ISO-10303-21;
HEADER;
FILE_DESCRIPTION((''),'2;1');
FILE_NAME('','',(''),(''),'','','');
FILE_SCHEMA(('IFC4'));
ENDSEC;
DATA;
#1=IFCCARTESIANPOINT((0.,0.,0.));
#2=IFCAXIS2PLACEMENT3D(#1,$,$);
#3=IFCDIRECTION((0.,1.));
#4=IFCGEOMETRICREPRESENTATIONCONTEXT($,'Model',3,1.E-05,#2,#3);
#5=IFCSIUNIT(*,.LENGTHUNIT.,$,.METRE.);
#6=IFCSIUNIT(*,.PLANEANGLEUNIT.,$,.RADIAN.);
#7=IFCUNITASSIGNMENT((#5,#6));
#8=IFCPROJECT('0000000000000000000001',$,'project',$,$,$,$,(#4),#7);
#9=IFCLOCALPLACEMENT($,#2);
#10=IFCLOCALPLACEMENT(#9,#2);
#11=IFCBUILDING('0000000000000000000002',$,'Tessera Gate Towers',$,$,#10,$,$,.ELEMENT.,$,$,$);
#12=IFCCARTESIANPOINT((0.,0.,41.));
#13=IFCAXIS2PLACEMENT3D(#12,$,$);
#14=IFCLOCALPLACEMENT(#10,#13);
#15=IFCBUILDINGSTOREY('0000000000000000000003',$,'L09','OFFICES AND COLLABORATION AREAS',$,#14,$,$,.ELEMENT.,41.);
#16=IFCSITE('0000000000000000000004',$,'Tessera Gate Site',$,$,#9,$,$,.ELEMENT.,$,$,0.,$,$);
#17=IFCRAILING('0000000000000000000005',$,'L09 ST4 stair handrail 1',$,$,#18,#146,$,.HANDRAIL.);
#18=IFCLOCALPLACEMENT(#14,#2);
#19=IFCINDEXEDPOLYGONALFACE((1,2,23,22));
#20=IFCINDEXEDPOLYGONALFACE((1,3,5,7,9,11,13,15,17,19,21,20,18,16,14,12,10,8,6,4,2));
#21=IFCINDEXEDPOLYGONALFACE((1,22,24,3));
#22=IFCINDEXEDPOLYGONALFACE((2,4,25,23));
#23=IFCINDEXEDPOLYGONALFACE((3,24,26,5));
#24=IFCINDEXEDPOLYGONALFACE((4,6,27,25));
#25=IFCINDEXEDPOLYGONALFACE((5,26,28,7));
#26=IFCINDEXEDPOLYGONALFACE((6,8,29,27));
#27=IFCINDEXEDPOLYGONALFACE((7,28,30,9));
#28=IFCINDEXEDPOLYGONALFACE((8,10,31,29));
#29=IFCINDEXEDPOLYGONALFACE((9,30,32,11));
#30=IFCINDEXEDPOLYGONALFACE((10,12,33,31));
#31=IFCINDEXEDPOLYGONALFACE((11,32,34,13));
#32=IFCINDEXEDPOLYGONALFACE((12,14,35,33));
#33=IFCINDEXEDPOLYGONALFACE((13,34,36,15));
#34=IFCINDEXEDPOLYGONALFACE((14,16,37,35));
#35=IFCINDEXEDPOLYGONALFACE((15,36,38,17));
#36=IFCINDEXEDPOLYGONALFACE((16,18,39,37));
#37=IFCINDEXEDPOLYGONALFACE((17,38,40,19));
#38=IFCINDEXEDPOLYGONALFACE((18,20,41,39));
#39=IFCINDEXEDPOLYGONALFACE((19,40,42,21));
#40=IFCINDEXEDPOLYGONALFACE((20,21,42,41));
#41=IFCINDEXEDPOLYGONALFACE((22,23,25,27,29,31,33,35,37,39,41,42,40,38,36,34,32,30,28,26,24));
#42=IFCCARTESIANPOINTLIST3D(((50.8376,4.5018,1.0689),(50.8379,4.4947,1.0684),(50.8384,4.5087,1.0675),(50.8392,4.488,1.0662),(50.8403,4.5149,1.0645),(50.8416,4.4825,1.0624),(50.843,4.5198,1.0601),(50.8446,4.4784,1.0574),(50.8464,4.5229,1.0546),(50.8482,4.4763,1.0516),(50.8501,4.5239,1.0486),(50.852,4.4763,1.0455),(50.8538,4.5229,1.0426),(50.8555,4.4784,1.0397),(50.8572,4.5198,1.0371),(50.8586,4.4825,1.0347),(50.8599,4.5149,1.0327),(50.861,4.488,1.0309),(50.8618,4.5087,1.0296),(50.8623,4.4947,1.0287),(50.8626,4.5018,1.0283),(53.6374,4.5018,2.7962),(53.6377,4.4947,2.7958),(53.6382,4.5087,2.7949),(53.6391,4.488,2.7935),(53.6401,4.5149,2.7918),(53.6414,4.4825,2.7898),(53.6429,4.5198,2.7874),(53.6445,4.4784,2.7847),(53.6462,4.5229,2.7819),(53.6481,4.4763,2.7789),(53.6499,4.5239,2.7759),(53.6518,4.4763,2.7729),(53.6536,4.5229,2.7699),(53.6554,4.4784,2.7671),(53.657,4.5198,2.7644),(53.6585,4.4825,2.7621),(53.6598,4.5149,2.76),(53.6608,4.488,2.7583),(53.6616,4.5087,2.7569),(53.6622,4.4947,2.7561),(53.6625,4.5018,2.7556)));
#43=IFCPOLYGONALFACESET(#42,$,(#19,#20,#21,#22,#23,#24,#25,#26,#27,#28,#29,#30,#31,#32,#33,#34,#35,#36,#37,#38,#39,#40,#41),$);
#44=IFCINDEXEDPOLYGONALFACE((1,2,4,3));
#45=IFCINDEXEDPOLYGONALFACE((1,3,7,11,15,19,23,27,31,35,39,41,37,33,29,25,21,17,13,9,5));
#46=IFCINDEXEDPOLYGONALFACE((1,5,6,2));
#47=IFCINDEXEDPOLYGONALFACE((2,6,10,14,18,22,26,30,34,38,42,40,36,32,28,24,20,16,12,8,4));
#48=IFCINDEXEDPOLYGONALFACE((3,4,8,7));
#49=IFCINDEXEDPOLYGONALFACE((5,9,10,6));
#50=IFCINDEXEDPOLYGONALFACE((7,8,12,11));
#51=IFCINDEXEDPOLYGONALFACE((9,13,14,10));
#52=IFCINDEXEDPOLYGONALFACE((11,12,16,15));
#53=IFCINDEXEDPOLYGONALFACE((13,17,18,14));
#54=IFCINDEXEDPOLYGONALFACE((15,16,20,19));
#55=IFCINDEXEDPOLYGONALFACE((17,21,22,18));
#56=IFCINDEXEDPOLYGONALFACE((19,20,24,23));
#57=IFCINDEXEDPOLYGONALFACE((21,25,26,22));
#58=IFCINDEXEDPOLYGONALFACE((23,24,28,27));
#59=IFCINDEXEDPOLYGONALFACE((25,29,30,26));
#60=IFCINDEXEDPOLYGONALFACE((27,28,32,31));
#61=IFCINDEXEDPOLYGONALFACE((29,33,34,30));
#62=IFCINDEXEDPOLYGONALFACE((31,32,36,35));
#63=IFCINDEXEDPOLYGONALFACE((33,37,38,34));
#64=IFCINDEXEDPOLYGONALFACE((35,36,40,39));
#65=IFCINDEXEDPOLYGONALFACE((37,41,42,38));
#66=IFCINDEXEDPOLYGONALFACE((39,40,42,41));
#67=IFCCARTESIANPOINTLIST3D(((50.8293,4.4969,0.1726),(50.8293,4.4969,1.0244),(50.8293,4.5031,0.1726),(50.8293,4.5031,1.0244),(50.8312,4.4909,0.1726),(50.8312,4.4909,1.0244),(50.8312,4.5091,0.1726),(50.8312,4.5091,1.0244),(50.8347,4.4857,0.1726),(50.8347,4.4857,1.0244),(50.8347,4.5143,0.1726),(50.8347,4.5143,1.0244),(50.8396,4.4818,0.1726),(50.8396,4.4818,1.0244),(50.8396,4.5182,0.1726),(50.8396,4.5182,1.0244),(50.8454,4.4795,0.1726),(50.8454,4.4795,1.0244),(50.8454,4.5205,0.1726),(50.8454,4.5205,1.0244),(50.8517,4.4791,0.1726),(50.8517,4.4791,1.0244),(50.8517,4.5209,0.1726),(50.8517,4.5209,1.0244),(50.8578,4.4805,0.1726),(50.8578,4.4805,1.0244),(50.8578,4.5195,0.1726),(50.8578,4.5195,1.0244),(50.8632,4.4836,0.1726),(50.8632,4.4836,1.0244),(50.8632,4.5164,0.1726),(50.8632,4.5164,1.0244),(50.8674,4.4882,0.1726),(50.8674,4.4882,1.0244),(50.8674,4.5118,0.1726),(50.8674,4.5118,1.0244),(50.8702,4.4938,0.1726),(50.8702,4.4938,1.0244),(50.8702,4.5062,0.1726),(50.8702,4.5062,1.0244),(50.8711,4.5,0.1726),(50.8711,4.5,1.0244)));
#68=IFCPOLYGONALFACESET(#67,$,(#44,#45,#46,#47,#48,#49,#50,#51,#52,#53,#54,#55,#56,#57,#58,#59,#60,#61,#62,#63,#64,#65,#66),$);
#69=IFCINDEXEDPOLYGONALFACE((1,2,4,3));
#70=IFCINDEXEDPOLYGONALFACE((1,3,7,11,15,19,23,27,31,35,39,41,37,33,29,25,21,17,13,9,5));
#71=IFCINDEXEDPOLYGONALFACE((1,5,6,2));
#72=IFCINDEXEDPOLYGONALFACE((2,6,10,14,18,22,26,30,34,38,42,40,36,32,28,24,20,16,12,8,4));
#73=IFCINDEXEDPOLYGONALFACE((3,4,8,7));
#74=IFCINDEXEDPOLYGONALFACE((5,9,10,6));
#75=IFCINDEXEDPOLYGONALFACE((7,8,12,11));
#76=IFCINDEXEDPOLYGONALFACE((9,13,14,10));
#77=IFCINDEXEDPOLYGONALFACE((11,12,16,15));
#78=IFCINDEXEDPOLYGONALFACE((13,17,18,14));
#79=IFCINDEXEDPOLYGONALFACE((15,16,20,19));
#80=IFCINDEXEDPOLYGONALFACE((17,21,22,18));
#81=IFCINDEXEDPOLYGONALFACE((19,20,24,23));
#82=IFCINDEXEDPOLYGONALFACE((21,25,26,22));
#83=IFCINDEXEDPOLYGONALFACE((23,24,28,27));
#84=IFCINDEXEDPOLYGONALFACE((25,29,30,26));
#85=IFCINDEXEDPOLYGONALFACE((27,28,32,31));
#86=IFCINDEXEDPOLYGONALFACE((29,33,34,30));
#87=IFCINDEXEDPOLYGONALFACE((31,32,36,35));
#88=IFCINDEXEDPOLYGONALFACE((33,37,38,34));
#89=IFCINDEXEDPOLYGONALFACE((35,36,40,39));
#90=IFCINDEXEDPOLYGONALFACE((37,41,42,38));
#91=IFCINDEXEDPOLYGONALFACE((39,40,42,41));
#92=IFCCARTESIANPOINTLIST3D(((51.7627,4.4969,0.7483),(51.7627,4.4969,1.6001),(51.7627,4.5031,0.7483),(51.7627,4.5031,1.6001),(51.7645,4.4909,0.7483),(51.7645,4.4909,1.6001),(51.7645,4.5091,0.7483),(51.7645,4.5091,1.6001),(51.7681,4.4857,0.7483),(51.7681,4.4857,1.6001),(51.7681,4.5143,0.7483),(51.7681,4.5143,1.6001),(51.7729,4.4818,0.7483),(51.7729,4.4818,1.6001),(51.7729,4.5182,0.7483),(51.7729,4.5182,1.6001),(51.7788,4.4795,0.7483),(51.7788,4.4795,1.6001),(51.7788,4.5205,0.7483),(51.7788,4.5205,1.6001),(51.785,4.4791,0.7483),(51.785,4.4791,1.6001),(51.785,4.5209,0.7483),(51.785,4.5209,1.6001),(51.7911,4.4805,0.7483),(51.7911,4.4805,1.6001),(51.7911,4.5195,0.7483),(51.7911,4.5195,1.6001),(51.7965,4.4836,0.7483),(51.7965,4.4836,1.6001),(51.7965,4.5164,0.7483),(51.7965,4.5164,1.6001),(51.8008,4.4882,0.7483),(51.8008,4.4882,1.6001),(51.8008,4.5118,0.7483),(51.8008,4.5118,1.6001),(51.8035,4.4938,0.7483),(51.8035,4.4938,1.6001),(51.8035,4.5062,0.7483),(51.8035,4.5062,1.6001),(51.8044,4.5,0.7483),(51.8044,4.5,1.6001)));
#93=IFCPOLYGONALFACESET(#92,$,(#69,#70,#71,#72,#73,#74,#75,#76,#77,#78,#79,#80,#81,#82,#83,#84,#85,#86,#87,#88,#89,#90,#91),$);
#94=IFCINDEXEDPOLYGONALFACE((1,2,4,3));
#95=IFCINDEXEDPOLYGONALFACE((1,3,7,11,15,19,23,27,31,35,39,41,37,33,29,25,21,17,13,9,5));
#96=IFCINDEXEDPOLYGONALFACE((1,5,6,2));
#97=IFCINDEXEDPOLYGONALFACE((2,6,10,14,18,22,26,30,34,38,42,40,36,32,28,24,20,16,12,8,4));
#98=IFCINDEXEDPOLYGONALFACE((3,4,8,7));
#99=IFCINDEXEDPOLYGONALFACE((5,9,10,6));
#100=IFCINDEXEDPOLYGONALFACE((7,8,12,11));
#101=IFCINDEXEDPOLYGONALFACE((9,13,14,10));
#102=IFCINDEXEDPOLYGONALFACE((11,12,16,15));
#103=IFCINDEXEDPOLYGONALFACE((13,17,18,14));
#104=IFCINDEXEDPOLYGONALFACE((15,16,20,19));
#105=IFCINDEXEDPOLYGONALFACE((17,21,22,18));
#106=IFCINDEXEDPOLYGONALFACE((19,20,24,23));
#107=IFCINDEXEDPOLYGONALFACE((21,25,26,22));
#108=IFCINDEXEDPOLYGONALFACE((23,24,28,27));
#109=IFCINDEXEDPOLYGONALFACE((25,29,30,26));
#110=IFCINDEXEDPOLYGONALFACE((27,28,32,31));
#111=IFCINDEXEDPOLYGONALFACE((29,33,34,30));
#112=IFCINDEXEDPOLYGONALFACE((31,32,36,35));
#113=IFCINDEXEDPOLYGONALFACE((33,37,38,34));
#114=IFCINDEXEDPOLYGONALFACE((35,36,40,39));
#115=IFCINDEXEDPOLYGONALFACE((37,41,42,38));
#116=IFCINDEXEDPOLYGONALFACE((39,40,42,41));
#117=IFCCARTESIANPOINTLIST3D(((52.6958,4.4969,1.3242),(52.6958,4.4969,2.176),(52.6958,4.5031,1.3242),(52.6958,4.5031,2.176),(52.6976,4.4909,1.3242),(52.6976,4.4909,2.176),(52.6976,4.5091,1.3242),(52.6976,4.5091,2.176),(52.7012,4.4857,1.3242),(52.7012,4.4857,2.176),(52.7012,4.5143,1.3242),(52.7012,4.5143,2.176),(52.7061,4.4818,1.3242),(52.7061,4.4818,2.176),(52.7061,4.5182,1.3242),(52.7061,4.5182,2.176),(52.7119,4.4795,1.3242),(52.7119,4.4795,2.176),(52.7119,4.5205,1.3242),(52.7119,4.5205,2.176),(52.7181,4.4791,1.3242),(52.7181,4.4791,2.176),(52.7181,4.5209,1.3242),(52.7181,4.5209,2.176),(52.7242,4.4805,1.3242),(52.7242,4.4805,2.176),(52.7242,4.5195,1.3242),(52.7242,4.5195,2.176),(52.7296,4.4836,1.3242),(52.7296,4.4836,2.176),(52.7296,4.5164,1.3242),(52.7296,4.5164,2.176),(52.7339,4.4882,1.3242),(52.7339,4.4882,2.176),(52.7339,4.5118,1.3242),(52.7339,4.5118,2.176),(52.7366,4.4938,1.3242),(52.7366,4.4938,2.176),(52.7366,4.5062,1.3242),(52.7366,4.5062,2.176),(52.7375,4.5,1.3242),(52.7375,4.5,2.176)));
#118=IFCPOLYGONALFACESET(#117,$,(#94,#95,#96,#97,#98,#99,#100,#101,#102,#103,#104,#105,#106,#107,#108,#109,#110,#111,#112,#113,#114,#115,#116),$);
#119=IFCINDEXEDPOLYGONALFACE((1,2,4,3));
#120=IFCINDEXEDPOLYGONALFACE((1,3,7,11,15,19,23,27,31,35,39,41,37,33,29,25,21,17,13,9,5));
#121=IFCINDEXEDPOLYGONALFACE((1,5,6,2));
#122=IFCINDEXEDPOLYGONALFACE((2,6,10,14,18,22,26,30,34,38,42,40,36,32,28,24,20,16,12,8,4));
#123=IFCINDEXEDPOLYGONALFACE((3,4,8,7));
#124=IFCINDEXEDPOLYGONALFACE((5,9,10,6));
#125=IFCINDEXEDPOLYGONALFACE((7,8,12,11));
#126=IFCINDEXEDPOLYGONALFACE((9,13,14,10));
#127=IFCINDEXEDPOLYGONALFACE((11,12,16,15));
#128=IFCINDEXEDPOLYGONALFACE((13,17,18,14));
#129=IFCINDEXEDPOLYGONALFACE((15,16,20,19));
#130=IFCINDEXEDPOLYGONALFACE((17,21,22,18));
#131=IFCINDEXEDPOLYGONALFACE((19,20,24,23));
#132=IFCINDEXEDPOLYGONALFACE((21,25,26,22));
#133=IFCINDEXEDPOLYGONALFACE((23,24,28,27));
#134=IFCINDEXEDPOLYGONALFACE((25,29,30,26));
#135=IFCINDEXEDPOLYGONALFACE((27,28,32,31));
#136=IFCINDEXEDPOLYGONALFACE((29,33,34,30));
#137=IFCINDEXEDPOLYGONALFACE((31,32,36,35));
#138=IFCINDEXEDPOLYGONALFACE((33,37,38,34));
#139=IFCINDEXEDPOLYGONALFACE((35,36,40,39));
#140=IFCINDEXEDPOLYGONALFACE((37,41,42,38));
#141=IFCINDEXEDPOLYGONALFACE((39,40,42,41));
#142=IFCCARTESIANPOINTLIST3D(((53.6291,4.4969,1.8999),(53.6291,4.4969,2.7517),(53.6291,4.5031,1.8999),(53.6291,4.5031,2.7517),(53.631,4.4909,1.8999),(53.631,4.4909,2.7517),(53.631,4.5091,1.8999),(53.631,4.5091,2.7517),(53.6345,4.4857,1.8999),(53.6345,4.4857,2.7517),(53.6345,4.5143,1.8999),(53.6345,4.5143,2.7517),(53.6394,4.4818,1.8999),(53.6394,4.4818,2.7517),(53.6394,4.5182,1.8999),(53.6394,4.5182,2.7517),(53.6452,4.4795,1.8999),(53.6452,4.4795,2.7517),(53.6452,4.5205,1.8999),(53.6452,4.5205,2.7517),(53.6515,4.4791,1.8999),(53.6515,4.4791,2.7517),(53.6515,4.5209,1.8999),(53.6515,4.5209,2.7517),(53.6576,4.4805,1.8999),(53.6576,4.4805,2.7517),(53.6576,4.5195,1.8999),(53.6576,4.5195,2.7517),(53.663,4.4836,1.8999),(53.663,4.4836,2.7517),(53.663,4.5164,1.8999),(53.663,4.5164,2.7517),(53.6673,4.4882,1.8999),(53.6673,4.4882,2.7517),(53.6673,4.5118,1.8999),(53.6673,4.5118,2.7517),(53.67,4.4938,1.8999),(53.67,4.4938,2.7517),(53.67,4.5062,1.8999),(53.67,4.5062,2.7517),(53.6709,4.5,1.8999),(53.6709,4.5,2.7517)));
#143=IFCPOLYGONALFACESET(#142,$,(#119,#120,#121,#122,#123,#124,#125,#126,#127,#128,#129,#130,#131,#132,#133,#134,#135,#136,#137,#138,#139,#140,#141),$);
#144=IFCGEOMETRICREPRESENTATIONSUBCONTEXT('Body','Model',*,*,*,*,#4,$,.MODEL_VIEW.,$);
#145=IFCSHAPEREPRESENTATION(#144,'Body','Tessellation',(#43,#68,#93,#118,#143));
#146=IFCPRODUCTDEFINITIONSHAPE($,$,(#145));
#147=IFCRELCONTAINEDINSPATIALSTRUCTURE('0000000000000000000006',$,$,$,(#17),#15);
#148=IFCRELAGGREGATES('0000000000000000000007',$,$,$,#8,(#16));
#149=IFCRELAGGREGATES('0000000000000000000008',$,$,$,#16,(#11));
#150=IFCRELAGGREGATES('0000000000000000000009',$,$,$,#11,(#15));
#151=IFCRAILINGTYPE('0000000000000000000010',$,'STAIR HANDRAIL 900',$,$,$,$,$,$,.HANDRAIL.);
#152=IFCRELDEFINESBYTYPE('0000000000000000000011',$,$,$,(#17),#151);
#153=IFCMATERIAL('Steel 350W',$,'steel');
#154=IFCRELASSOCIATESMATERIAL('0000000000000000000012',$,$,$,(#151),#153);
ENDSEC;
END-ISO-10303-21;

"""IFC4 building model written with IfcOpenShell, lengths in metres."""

from ifc_helpers import new_model, si_unit, direction, frame, origin, origin_2d, place, context, subcontext, project, spatial, circle, extrude, material, type_object, element, save


model = new_model("IFC4")

# Units and contexts
model_context = context("Model", 3, precision=1e-05, world=origin(), true_north=direction((0.0, 1.0)))
body_context = subcontext(model_context, "Body", "Model", "MODEL_VIEW")
ifc_project = project(units=[si_unit("LENGTHUNIT", "METRE"), si_unit("PLANEANGLEUNIT", "RADIAN")], contexts=[model_context])

# Site, building, storey
site_placement = place(None, origin())
site = spatial("IfcSite", under=ifc_project, at=site_placement, Name="Tessera Gate Site", CompositionType="ELEMENT", RefElevation=0.0)
building_placement = place(site_placement, origin())
building = spatial("IfcBuilding", under=site, at=building_placement, Name="Tessera Gate Towers", CompositionType="ELEMENT")
storey_placement = place(building_placement, frame((0.0, 0.0, 41.0)))
storey = spatial("IfcBuildingStorey", under=building, at=storey_placement, Name="L09", Description="OFFICES AND COLLABORATION AREAS", CompositionType="ELEMENT", Elevation=41.0)

# Railing
ifc_material_1 = material(Name="Steel 350W", Category="steel")
railing_type_1 = type_object("IfcRailingType", Name="STAIR HANDRAIL 900", PredefinedType="HANDRAIL", material=ifc_material_1)
railing_1_placement = place(storey_placement, frame((50.8501, 4.5, 0.1726)))
element("IfcRailing", 1, at=railing_1_placement, inside=storey, type_object=railing_type_1, Name="L09 ST4 stair handrail 1", PredefinedType="HANDRAIL", context=body_context, shape_type="SweptSolid", body=[
    extrude(circle(Radius=0.0239, at=origin_2d()), frame((0.0, 0.0, 0.876), z_axis=(0.851069, 0.0, 0.525054), x_axis=(0.0, 1.0, 0.0)), (0.0, 0.0, 1.0), 3.2898),
    extrude(circle(Radius=0.021, at=origin_2d()), origin(), (0.0, 0.0, 1.0), 0.8518),
    extrude(circle(Radius=0.021, at=origin_2d()), frame((0.9333, 0.0, 0.5757)), (0.0, 0.0, 1.0), 0.8518),
    extrude(circle(Radius=0.021, at=origin_2d()), frame((1.8665, 0.0, 1.1516)), (0.0, 0.0, 1.0), 0.8518),
    extrude(circle(Radius=0.021, at=origin_2d()), frame((2.7998, 0.0, 1.7273)), (0.0, 0.0, 1.0), 0.8518),
])

save(model, "model.ifc")
